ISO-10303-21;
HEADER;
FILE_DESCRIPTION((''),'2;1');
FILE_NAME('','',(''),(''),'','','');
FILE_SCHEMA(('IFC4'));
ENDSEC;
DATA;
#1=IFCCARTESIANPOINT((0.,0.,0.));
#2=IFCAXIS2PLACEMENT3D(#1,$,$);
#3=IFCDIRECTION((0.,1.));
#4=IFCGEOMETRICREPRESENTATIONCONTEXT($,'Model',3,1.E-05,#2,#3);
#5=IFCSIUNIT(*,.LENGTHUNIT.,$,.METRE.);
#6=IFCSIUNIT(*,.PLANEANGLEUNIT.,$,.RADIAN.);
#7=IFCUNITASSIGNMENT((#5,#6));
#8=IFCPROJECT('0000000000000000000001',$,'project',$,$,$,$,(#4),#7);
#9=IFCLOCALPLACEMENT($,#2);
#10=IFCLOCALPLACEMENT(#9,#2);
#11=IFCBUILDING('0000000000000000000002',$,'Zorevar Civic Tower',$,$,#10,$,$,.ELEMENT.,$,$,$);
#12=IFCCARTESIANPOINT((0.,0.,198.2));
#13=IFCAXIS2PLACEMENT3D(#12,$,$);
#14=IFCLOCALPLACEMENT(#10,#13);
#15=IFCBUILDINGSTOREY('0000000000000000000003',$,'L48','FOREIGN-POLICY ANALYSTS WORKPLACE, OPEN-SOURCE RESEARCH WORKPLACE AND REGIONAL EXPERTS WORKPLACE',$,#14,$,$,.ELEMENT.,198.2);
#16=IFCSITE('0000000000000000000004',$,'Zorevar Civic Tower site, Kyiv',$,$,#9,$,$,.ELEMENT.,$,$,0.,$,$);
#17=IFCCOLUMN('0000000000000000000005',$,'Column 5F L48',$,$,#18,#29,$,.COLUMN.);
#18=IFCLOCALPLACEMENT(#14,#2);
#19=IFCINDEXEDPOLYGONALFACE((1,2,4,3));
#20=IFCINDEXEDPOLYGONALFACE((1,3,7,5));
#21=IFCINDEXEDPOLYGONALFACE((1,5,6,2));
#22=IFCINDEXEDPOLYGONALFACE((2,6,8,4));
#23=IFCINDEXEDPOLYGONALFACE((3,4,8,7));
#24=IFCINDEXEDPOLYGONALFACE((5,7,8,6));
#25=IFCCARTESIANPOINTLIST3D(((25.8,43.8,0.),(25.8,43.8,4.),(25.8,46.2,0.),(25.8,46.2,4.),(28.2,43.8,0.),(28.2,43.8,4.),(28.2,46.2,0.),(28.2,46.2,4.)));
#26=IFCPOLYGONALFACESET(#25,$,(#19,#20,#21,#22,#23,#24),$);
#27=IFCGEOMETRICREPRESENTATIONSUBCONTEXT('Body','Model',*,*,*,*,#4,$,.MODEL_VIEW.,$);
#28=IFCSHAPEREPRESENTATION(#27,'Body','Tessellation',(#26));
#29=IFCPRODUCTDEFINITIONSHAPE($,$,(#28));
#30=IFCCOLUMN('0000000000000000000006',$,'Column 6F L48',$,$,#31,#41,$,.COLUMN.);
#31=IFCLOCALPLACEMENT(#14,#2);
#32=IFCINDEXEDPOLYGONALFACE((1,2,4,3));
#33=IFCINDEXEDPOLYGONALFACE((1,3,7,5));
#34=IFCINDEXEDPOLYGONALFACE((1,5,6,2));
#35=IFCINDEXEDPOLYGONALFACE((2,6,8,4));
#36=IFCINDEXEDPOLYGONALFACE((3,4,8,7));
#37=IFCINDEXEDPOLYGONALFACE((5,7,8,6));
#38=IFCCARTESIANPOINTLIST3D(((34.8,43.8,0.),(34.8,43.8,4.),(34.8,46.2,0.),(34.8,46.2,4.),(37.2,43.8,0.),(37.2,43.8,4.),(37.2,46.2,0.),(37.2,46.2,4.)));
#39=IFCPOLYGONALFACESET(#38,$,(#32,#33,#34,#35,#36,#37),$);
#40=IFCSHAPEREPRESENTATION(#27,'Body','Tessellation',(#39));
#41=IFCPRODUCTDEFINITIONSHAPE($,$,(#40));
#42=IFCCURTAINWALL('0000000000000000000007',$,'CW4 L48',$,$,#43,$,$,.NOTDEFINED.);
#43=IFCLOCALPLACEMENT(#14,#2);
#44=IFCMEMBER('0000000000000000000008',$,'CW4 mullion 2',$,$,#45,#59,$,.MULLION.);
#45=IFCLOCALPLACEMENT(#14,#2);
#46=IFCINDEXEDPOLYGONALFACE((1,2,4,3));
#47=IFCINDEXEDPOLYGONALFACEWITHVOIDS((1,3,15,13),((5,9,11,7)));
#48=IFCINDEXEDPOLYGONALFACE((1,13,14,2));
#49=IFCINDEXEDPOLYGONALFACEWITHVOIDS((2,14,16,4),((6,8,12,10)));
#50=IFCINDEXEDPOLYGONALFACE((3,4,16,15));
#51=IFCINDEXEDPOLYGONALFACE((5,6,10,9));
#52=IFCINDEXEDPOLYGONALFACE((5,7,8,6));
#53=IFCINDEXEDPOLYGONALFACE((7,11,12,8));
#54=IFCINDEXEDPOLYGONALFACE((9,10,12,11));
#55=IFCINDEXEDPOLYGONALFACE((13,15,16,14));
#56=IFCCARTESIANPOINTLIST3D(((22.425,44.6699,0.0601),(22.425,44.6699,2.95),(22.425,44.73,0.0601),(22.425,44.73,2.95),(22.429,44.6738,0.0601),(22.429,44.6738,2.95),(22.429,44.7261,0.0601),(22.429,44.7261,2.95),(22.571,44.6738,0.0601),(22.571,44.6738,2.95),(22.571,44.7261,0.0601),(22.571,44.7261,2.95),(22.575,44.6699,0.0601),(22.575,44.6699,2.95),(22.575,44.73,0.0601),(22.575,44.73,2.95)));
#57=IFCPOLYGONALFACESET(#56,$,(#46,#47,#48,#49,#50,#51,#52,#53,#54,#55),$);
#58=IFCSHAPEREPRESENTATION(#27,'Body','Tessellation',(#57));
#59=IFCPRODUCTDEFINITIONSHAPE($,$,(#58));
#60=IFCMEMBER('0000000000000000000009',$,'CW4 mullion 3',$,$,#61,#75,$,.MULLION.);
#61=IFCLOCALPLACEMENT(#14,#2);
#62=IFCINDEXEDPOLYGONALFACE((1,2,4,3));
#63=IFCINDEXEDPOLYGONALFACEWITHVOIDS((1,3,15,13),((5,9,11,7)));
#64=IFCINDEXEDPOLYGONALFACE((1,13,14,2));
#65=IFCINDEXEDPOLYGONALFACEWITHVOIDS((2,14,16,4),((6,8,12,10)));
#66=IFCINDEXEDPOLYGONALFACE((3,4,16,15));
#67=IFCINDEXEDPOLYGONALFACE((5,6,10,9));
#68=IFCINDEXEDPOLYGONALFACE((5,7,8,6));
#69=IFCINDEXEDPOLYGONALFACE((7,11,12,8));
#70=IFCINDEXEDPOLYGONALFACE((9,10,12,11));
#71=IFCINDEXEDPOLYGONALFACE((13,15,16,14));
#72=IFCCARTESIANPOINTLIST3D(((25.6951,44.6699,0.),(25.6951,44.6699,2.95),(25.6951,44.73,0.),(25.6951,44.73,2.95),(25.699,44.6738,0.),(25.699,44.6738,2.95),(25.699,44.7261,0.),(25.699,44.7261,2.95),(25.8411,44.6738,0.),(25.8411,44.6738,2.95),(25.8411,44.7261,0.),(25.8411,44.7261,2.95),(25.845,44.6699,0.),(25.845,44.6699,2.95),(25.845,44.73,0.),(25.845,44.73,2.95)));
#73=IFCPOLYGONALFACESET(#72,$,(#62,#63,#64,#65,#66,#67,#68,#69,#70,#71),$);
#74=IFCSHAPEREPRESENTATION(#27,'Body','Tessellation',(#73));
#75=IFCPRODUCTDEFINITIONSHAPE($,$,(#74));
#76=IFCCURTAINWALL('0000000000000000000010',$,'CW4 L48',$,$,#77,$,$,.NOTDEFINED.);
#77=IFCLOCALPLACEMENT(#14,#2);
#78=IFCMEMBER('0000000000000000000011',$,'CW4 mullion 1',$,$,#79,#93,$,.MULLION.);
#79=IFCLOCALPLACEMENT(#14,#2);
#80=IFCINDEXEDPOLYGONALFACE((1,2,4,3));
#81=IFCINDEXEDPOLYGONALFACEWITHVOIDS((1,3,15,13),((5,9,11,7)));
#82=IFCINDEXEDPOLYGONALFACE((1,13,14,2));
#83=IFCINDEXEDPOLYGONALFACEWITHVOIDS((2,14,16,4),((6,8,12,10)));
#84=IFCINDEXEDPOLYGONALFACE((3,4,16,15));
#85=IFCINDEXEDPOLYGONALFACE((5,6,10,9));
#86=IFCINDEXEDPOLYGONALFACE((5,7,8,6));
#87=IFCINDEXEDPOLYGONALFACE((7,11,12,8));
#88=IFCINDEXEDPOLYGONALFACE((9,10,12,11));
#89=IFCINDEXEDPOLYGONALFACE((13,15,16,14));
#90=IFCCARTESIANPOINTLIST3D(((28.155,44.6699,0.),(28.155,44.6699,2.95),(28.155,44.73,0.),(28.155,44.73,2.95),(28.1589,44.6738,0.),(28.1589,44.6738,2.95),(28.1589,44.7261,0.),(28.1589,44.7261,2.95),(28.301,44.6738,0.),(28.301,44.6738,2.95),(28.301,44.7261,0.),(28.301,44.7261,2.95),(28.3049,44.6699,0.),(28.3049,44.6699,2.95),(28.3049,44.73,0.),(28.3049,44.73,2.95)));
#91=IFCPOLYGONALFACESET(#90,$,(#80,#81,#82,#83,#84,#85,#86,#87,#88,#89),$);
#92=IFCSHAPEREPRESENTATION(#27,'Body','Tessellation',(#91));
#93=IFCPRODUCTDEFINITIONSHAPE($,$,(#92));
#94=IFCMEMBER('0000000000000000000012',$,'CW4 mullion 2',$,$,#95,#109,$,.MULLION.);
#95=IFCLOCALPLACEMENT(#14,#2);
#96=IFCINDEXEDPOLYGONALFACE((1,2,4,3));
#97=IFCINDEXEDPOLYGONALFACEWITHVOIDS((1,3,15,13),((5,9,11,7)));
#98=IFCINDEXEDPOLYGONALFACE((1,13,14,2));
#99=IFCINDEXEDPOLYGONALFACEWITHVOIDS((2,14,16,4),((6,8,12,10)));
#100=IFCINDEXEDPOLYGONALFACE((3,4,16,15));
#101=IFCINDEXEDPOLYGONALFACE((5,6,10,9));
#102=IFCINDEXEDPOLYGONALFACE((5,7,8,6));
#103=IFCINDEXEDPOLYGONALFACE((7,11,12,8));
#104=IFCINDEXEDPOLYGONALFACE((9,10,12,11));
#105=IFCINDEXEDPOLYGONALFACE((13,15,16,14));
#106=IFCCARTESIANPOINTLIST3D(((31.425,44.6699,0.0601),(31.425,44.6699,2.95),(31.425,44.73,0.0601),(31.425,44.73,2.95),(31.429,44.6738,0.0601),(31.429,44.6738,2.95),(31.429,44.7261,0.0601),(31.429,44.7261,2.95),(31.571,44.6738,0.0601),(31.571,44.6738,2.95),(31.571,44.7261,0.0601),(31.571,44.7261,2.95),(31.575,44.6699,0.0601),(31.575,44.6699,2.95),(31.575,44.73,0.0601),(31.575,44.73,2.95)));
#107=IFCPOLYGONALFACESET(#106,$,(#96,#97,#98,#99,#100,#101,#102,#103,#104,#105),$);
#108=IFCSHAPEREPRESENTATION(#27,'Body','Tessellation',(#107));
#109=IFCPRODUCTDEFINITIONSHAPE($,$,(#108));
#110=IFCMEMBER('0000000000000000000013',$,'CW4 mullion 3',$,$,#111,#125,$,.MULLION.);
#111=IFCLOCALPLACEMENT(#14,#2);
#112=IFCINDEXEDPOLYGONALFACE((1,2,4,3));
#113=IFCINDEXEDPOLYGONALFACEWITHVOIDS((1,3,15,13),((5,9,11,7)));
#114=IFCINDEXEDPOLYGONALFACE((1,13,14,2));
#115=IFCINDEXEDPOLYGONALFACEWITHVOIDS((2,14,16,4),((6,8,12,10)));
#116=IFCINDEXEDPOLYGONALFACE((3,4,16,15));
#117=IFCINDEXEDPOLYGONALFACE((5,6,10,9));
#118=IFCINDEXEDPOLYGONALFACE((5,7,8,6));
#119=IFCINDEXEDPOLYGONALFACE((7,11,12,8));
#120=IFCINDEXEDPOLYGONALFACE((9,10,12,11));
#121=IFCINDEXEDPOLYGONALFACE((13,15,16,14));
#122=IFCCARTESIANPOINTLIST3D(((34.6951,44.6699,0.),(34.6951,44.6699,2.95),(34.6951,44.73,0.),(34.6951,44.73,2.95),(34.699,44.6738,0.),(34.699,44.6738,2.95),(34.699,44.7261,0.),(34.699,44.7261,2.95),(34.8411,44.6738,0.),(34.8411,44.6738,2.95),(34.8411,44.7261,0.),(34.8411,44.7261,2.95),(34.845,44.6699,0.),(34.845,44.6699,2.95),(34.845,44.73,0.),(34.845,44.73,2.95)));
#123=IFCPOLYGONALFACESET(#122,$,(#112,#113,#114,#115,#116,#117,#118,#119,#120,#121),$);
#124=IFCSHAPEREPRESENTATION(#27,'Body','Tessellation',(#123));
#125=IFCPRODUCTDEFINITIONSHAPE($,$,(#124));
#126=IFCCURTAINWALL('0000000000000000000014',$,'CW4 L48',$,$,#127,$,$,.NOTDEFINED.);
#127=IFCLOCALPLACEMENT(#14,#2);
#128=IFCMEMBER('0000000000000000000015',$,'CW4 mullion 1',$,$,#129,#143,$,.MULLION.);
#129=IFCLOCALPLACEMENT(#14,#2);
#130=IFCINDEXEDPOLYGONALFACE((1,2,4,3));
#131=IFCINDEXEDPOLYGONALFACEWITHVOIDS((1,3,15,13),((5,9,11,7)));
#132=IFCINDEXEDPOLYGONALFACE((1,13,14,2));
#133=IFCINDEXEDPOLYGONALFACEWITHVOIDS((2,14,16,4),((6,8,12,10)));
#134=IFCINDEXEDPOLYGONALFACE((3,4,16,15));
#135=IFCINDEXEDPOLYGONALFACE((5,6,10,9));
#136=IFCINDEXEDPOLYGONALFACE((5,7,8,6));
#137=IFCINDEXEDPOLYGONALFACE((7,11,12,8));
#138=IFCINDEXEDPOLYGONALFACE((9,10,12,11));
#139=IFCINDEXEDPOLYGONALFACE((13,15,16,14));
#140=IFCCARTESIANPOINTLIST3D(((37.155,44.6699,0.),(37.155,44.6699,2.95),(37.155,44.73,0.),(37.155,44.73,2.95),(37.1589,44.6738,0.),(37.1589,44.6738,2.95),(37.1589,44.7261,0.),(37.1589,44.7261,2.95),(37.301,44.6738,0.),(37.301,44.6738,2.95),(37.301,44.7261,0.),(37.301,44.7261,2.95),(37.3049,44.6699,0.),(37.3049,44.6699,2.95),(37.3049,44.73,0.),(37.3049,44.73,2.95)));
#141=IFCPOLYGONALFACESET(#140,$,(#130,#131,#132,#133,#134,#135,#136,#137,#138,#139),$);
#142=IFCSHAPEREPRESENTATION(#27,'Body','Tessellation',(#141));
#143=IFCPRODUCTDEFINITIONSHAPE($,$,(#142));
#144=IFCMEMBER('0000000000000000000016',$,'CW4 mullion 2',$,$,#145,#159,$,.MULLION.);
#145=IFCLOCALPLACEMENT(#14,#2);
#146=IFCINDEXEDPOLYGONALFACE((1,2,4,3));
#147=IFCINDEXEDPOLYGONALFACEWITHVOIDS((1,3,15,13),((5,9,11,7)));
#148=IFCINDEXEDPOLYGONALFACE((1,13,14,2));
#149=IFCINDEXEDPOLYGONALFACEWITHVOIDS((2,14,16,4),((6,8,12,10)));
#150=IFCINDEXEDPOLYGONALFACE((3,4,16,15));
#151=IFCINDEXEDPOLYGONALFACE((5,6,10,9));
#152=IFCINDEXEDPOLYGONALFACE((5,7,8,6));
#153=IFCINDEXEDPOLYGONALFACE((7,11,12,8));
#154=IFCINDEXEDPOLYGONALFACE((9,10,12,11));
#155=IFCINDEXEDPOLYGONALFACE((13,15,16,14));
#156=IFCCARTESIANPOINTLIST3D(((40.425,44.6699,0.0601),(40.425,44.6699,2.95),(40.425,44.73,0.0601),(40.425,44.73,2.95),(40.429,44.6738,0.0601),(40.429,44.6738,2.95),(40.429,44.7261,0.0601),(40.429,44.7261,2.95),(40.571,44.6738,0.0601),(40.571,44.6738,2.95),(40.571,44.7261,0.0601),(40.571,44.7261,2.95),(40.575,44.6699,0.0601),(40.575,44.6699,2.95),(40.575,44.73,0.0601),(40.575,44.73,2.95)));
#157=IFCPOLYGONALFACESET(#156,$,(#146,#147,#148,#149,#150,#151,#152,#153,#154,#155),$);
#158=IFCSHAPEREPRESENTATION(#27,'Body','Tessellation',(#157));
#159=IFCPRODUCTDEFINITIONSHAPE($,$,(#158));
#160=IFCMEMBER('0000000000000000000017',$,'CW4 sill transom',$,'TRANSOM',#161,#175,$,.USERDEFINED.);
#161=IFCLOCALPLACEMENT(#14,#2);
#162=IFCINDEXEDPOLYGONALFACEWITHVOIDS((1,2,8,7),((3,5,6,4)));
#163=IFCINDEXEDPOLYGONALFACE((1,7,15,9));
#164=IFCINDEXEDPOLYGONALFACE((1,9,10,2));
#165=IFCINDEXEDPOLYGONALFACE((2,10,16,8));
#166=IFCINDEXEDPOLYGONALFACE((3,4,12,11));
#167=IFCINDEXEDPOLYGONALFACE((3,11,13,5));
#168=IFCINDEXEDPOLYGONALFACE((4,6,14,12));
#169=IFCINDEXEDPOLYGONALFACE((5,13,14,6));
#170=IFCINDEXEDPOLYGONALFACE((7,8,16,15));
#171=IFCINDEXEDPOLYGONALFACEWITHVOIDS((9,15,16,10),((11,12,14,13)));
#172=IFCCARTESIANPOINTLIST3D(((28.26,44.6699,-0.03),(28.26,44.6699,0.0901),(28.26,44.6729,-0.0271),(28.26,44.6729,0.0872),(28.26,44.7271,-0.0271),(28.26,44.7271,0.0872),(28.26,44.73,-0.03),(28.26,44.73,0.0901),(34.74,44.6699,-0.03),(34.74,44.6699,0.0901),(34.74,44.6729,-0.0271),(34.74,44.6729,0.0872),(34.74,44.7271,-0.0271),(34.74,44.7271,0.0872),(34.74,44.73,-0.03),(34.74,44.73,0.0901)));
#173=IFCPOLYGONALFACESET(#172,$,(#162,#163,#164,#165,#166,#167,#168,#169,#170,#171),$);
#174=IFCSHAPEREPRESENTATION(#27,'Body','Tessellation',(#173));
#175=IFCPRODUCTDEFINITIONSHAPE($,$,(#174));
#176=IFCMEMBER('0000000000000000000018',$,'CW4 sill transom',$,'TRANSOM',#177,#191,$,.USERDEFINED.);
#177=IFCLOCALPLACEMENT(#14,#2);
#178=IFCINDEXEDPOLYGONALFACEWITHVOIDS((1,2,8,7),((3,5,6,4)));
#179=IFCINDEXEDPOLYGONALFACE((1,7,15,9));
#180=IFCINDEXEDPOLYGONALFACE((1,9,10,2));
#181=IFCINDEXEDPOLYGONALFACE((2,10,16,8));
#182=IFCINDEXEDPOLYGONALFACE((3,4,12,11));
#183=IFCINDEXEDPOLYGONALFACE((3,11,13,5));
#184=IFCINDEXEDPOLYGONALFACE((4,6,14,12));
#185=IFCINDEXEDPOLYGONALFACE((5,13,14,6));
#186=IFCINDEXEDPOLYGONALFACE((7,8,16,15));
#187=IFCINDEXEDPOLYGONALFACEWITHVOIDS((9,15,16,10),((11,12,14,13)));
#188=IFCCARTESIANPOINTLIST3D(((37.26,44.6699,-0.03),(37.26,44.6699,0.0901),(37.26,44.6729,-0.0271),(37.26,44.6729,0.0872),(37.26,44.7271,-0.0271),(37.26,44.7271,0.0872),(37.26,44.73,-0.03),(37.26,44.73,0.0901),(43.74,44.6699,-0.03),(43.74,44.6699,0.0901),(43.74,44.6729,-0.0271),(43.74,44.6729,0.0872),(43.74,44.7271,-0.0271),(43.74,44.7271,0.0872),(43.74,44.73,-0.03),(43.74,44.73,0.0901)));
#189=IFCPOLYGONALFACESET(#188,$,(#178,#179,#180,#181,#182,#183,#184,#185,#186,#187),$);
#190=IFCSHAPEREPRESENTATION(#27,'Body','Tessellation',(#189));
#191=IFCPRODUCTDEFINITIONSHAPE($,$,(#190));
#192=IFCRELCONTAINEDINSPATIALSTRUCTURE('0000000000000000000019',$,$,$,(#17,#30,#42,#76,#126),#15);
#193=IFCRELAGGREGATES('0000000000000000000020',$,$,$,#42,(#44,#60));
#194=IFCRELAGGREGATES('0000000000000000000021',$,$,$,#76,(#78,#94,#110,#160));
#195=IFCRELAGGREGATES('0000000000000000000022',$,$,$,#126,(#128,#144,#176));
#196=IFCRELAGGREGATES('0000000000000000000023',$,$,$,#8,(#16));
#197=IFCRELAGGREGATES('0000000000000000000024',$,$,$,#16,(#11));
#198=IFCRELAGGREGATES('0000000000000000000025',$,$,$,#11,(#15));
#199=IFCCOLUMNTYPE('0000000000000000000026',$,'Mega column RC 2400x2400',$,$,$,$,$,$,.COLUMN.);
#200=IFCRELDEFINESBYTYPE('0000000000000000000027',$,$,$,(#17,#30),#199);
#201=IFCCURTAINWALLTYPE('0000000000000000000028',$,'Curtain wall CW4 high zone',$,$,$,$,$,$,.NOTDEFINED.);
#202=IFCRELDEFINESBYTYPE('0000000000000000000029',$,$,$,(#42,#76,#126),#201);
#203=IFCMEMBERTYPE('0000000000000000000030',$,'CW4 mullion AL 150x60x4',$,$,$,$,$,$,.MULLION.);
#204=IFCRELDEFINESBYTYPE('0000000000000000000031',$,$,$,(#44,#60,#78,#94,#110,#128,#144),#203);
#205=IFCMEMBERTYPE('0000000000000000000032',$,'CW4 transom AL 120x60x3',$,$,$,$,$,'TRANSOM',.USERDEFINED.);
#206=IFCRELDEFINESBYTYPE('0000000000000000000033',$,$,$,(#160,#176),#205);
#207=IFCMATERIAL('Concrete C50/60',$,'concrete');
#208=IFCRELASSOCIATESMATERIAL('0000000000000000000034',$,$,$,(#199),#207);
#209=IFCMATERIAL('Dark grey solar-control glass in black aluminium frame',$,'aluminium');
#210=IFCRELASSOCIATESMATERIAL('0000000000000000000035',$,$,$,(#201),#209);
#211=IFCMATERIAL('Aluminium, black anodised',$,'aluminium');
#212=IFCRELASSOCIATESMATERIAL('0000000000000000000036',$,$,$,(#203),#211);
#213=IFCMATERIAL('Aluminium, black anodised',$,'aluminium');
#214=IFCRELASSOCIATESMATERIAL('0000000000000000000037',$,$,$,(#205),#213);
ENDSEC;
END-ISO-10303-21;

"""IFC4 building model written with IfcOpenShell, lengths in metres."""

from ifc_helpers import new_model, si_unit, direction, frame, origin, origin_2d, place, context, subcontext, project, spatial, rectangle, hollow_rectangle, extrude, material, material_profile, profile_set, type_object, element, aggregate, save


model = new_model("IFC4")

# Units and contexts
model_context = context("Model", 3, precision=1e-05, world=origin(), true_north=direction((0.0, 1.0)))
body_context = subcontext(model_context, "Body", "Model", "MODEL_VIEW")
ifc_project = project(units=[si_unit("LENGTHUNIT", "METRE"), si_unit("PLANEANGLEUNIT", "RADIAN")], contexts=[model_context])

# Site, building, storey
site_placement = place(None, origin())
site = spatial("IfcSite", under=ifc_project, at=site_placement, Name="Zorevar Civic Tower site, Kyiv", CompositionType="ELEMENT", RefElevation=0.0)
building_placement = place(site_placement, origin())
building = spatial("IfcBuilding", under=site, at=building_placement, Name="Zorevar Civic Tower", CompositionType="ELEMENT")
storey_placement = place(building_placement, frame((0.0, 0.0, 198.2)))
storey = spatial("IfcBuildingStorey", under=building, at=storey_placement, Name="L48", Description="FOREIGN-POLICY ANALYSTS WORKPLACE, OPEN-SOURCE RESEARCH WORKPLACE AND REGIONAL EXPERTS WORKPLACE", CompositionType="ELEMENT", Elevation=198.2)

# Columns
ifc_material_1 = material(Name="Concrete C50/60", Category="concrete")
ifc_material_profile_1 = material_profile(ifc_material_1, rectangle(XDim=2.3999, YDim=2.3999, at=origin_2d()), Name="RC 2400x2400")
ifc_profile_set_1 = profile_set([ifc_material_profile_1], Name="Concrete C50/60")
column_type = type_object("IfcColumnType", Name="Mega column RC 2400x2400", PredefinedType="COLUMN", material=ifc_profile_set_1)
for number, where, z_axis, x_axis, name in (
    (1, (27.0, 45.0, 0.0), (0.0, 0.0, 1.0), (1.0, 0.0, 0.0), "Column 5F L48"),
    (2, (36.0, 45.0, 0.0), (0.0, 0.0, 1.0), (1.0, 0.0, 0.0), "Column 6F L48"),
):
    element("IfcColumn", number, at=place(storey_placement, frame(where, z_axis=z_axis, x_axis=x_axis)), inside=storey, type_object=column_type, Name=name, PredefinedType="COLUMN", context=body_context, shape_type="SweptSolid", body=[
        extrude(rectangle(XDim=2.3999, YDim=2.3999, at=origin_2d()), origin(), (0.0, 0.0, 1.0), 4.0),
    ])

# Curtain walls, members
ifc_material_2 = material(Name="Dark grey solar-control glass in black aluminium frame", Category="aluminium")
curtain_wall_type = type_object("IfcCurtainWallType", Name="Curtain wall CW4 high zone", PredefinedType="NOTDEFINED", material=ifc_material_2)
curtain_wall_1_placement = place(storey_placement, origin())
curtain_wall_1 = element("IfcCurtainWall", 3, at=curtain_wall_1_placement, inside=storey, type_object=curtain_wall_type, Name="CW4 L48", PredefinedType="NOTDEFINED")
ifc_material_3 = material(Name="Aluminium, black anodised", Category="aluminium")
ifc_material_profile_2 = material_profile(ifc_material_3, hollow_rectangle(XDim=0.0601, YDim=0.1499, WallThickness=0.0039, at=origin_2d()), Name="AL 150x60x4")
ifc_profile_set_2 = profile_set([ifc_material_profile_2], Name="Aluminium, black anodised")
member_type_1 = type_object("IfcMemberType", Name="CW4 mullion AL 150x60x4", PredefinedType="MULLION", material=ifc_profile_set_2)
member_1_placement = place(storey_placement, frame((22.5, 44.7, 0.0601), z_axis=(0.0, 0.0, 1.0), x_axis=(0.0, 1.0, 0.0)))
member_1 = element("IfcMember", 4, at=member_1_placement, type_object=member_type_1, Name="CW4 mullion 2", PredefinedType="MULLION", context=body_context, shape_type="SweptSolid", body=[
    extrude(hollow_rectangle(XDim=0.0601, YDim=0.1499, WallThickness=0.0039, at=origin_2d()), origin(), (0.0, 0.0, 1.0), 2.8899),
])
member_2_placement = place(storey_placement, frame((25.77, 44.7, 0.0), z_axis=(0.0, 0.0, 1.0), x_axis=(0.0, 1.0, 0.0)))
member_2 = element("IfcMember", 5, at=member_2_placement, type_object=member_type_1, Name="CW4 mullion 3", PredefinedType="MULLION", context=body_context, shape_type="SweptSolid", body=[
    extrude(hollow_rectangle(XDim=0.0601, YDim=0.1499, WallThickness=0.0039, at=origin_2d()), origin(), (0.0, 0.0, 1.0), 2.95),
])
curtain_wall_2_placement = place(storey_placement, origin())
curtain_wall_2 = element("IfcCurtainWall", 6, at=curtain_wall_2_placement, inside=storey, type_object=curtain_wall_type, Name="CW4 L48", PredefinedType="NOTDEFINED")
member_3_placement = place(storey_placement, frame((28.23, 44.7, 0.0), z_axis=(0.0, 0.0, 1.0), x_axis=(0.0, 1.0, 0.0)))
member_3 = element("IfcMember", 7, at=member_3_placement, type_object=member_type_1, Name="CW4 mullion 1", PredefinedType="MULLION", context=body_context, shape_type="SweptSolid", body=[
    extrude(hollow_rectangle(XDim=0.0601, YDim=0.1499, WallThickness=0.0039, at=origin_2d()), origin(), (0.0, 0.0, 1.0), 2.95),
])
member_4_placement = place(storey_placement, frame((31.5, 44.7, 0.0601), z_axis=(0.0, 0.0, 1.0), x_axis=(0.0, 1.0, 0.0)))
member_4 = element("IfcMember", 8, at=member_4_placement, type_object=member_type_1, Name="CW4 mullion 2", PredefinedType="MULLION", context=body_context, shape_type="SweptSolid", body=[
    extrude(hollow_rectangle(XDim=0.0601, YDim=0.1499, WallThickness=0.0039, at=origin_2d()), origin(), (0.0, 0.0, 1.0), 2.8899),
])
member_5_placement = place(storey_placement, frame((34.77, 44.7, 0.0), z_axis=(0.0, 0.0, 1.0), x_axis=(0.0, 1.0, 0.0)))
member_5 = element("IfcMember", 9, at=member_5_placement, type_object=member_type_1, Name="CW4 mullion 3", PredefinedType="MULLION", context=body_context, shape_type="SweptSolid", body=[
    extrude(hollow_rectangle(XDim=0.0601, YDim=0.1499, WallThickness=0.0039, at=origin_2d()), origin(), (0.0, 0.0, 1.0), 2.95),
])
curtain_wall_3_placement = place(storey_placement, origin())
curtain_wall_3 = element("IfcCurtainWall", 10, at=curtain_wall_3_placement, inside=storey, type_object=curtain_wall_type, Name="CW4 L48", PredefinedType="NOTDEFINED")
member_6_placement = place(storey_placement, frame((37.23, 44.7, 0.0), z_axis=(0.0, 0.0, 1.0), x_axis=(0.0, 1.0, 0.0)))
member_6 = element("IfcMember", 11, at=member_6_placement, type_object=member_type_1, Name="CW4 mullion 1", PredefinedType="MULLION", context=body_context, shape_type="SweptSolid", body=[
    extrude(hollow_rectangle(XDim=0.0601, YDim=0.1499, WallThickness=0.0039, at=origin_2d()), origin(), (0.0, 0.0, 1.0), 2.95),
])
member_7_placement = place(storey_placement, frame((40.5, 44.7, 0.0601), z_axis=(0.0, 0.0, 1.0), x_axis=(0.0, 1.0, 0.0)))
member_7 = element("IfcMember", 12, at=member_7_placement, type_object=member_type_1, Name="CW4 mullion 2", PredefinedType="MULLION", context=body_context, shape_type="SweptSolid", body=[
    extrude(hollow_rectangle(XDim=0.0601, YDim=0.1499, WallThickness=0.0039, at=origin_2d()), origin(), (0.0, 0.0, 1.0), 2.8899),
])

# Members
ifc_material_4 = material(Name="Aluminium, black anodised", Category="aluminium")
ifc_material_profile_3 = material_profile(ifc_material_4, hollow_rectangle(XDim=0.0601, YDim=0.1201, WallThickness=0.0029, at=origin_2d()), Name="AL 120x60x3")
ifc_profile_set_3 = profile_set([ifc_material_profile_3], Name="Aluminium, black anodised")
member_type_2 = type_object("IfcMemberType", Name="CW4 transom AL 120x60x3", ElementType="TRANSOM", PredefinedType="USERDEFINED", material=ifc_profile_set_3)
member_8_placement = place(storey_placement, frame((28.26, 44.7, 0.03), z_axis=(1.0, 0.0, 0.0), x_axis=(0.0, 1.0, 0.0)))
member_8 = element("IfcMember", 13, at=member_8_placement, type_object=member_type_2, Name="CW4 sill transom", ObjectType="TRANSOM", PredefinedType="USERDEFINED", context=body_context, shape_type="SweptSolid", body=[
    extrude(hollow_rectangle(XDim=0.0601, YDim=0.1201, WallThickness=0.0029, at=origin_2d()), origin(), (0.0, 0.0, 1.0), 6.48),
])
member_9_placement = place(storey_placement, frame((37.26, 44.7, 0.03), z_axis=(1.0, 0.0, 0.0), x_axis=(0.0, 1.0, 0.0)))
member_9 = element("IfcMember", 14, at=member_9_placement, type_object=member_type_2, Name="CW4 sill transom", ObjectType="TRANSOM", PredefinedType="USERDEFINED", context=body_context, shape_type="SweptSolid", body=[
    extrude(hollow_rectangle(XDim=0.0601, YDim=0.1201, WallThickness=0.0029, at=origin_2d()), origin(), (0.0, 0.0, 1.0), 6.48),
])

aggregate(curtain_wall_1, [member_1, member_2])
aggregate(curtain_wall_2, [member_3, member_4, member_5, member_8])
aggregate(curtain_wall_3, [member_6, member_7, member_9])

save(model, "model.ifc")
